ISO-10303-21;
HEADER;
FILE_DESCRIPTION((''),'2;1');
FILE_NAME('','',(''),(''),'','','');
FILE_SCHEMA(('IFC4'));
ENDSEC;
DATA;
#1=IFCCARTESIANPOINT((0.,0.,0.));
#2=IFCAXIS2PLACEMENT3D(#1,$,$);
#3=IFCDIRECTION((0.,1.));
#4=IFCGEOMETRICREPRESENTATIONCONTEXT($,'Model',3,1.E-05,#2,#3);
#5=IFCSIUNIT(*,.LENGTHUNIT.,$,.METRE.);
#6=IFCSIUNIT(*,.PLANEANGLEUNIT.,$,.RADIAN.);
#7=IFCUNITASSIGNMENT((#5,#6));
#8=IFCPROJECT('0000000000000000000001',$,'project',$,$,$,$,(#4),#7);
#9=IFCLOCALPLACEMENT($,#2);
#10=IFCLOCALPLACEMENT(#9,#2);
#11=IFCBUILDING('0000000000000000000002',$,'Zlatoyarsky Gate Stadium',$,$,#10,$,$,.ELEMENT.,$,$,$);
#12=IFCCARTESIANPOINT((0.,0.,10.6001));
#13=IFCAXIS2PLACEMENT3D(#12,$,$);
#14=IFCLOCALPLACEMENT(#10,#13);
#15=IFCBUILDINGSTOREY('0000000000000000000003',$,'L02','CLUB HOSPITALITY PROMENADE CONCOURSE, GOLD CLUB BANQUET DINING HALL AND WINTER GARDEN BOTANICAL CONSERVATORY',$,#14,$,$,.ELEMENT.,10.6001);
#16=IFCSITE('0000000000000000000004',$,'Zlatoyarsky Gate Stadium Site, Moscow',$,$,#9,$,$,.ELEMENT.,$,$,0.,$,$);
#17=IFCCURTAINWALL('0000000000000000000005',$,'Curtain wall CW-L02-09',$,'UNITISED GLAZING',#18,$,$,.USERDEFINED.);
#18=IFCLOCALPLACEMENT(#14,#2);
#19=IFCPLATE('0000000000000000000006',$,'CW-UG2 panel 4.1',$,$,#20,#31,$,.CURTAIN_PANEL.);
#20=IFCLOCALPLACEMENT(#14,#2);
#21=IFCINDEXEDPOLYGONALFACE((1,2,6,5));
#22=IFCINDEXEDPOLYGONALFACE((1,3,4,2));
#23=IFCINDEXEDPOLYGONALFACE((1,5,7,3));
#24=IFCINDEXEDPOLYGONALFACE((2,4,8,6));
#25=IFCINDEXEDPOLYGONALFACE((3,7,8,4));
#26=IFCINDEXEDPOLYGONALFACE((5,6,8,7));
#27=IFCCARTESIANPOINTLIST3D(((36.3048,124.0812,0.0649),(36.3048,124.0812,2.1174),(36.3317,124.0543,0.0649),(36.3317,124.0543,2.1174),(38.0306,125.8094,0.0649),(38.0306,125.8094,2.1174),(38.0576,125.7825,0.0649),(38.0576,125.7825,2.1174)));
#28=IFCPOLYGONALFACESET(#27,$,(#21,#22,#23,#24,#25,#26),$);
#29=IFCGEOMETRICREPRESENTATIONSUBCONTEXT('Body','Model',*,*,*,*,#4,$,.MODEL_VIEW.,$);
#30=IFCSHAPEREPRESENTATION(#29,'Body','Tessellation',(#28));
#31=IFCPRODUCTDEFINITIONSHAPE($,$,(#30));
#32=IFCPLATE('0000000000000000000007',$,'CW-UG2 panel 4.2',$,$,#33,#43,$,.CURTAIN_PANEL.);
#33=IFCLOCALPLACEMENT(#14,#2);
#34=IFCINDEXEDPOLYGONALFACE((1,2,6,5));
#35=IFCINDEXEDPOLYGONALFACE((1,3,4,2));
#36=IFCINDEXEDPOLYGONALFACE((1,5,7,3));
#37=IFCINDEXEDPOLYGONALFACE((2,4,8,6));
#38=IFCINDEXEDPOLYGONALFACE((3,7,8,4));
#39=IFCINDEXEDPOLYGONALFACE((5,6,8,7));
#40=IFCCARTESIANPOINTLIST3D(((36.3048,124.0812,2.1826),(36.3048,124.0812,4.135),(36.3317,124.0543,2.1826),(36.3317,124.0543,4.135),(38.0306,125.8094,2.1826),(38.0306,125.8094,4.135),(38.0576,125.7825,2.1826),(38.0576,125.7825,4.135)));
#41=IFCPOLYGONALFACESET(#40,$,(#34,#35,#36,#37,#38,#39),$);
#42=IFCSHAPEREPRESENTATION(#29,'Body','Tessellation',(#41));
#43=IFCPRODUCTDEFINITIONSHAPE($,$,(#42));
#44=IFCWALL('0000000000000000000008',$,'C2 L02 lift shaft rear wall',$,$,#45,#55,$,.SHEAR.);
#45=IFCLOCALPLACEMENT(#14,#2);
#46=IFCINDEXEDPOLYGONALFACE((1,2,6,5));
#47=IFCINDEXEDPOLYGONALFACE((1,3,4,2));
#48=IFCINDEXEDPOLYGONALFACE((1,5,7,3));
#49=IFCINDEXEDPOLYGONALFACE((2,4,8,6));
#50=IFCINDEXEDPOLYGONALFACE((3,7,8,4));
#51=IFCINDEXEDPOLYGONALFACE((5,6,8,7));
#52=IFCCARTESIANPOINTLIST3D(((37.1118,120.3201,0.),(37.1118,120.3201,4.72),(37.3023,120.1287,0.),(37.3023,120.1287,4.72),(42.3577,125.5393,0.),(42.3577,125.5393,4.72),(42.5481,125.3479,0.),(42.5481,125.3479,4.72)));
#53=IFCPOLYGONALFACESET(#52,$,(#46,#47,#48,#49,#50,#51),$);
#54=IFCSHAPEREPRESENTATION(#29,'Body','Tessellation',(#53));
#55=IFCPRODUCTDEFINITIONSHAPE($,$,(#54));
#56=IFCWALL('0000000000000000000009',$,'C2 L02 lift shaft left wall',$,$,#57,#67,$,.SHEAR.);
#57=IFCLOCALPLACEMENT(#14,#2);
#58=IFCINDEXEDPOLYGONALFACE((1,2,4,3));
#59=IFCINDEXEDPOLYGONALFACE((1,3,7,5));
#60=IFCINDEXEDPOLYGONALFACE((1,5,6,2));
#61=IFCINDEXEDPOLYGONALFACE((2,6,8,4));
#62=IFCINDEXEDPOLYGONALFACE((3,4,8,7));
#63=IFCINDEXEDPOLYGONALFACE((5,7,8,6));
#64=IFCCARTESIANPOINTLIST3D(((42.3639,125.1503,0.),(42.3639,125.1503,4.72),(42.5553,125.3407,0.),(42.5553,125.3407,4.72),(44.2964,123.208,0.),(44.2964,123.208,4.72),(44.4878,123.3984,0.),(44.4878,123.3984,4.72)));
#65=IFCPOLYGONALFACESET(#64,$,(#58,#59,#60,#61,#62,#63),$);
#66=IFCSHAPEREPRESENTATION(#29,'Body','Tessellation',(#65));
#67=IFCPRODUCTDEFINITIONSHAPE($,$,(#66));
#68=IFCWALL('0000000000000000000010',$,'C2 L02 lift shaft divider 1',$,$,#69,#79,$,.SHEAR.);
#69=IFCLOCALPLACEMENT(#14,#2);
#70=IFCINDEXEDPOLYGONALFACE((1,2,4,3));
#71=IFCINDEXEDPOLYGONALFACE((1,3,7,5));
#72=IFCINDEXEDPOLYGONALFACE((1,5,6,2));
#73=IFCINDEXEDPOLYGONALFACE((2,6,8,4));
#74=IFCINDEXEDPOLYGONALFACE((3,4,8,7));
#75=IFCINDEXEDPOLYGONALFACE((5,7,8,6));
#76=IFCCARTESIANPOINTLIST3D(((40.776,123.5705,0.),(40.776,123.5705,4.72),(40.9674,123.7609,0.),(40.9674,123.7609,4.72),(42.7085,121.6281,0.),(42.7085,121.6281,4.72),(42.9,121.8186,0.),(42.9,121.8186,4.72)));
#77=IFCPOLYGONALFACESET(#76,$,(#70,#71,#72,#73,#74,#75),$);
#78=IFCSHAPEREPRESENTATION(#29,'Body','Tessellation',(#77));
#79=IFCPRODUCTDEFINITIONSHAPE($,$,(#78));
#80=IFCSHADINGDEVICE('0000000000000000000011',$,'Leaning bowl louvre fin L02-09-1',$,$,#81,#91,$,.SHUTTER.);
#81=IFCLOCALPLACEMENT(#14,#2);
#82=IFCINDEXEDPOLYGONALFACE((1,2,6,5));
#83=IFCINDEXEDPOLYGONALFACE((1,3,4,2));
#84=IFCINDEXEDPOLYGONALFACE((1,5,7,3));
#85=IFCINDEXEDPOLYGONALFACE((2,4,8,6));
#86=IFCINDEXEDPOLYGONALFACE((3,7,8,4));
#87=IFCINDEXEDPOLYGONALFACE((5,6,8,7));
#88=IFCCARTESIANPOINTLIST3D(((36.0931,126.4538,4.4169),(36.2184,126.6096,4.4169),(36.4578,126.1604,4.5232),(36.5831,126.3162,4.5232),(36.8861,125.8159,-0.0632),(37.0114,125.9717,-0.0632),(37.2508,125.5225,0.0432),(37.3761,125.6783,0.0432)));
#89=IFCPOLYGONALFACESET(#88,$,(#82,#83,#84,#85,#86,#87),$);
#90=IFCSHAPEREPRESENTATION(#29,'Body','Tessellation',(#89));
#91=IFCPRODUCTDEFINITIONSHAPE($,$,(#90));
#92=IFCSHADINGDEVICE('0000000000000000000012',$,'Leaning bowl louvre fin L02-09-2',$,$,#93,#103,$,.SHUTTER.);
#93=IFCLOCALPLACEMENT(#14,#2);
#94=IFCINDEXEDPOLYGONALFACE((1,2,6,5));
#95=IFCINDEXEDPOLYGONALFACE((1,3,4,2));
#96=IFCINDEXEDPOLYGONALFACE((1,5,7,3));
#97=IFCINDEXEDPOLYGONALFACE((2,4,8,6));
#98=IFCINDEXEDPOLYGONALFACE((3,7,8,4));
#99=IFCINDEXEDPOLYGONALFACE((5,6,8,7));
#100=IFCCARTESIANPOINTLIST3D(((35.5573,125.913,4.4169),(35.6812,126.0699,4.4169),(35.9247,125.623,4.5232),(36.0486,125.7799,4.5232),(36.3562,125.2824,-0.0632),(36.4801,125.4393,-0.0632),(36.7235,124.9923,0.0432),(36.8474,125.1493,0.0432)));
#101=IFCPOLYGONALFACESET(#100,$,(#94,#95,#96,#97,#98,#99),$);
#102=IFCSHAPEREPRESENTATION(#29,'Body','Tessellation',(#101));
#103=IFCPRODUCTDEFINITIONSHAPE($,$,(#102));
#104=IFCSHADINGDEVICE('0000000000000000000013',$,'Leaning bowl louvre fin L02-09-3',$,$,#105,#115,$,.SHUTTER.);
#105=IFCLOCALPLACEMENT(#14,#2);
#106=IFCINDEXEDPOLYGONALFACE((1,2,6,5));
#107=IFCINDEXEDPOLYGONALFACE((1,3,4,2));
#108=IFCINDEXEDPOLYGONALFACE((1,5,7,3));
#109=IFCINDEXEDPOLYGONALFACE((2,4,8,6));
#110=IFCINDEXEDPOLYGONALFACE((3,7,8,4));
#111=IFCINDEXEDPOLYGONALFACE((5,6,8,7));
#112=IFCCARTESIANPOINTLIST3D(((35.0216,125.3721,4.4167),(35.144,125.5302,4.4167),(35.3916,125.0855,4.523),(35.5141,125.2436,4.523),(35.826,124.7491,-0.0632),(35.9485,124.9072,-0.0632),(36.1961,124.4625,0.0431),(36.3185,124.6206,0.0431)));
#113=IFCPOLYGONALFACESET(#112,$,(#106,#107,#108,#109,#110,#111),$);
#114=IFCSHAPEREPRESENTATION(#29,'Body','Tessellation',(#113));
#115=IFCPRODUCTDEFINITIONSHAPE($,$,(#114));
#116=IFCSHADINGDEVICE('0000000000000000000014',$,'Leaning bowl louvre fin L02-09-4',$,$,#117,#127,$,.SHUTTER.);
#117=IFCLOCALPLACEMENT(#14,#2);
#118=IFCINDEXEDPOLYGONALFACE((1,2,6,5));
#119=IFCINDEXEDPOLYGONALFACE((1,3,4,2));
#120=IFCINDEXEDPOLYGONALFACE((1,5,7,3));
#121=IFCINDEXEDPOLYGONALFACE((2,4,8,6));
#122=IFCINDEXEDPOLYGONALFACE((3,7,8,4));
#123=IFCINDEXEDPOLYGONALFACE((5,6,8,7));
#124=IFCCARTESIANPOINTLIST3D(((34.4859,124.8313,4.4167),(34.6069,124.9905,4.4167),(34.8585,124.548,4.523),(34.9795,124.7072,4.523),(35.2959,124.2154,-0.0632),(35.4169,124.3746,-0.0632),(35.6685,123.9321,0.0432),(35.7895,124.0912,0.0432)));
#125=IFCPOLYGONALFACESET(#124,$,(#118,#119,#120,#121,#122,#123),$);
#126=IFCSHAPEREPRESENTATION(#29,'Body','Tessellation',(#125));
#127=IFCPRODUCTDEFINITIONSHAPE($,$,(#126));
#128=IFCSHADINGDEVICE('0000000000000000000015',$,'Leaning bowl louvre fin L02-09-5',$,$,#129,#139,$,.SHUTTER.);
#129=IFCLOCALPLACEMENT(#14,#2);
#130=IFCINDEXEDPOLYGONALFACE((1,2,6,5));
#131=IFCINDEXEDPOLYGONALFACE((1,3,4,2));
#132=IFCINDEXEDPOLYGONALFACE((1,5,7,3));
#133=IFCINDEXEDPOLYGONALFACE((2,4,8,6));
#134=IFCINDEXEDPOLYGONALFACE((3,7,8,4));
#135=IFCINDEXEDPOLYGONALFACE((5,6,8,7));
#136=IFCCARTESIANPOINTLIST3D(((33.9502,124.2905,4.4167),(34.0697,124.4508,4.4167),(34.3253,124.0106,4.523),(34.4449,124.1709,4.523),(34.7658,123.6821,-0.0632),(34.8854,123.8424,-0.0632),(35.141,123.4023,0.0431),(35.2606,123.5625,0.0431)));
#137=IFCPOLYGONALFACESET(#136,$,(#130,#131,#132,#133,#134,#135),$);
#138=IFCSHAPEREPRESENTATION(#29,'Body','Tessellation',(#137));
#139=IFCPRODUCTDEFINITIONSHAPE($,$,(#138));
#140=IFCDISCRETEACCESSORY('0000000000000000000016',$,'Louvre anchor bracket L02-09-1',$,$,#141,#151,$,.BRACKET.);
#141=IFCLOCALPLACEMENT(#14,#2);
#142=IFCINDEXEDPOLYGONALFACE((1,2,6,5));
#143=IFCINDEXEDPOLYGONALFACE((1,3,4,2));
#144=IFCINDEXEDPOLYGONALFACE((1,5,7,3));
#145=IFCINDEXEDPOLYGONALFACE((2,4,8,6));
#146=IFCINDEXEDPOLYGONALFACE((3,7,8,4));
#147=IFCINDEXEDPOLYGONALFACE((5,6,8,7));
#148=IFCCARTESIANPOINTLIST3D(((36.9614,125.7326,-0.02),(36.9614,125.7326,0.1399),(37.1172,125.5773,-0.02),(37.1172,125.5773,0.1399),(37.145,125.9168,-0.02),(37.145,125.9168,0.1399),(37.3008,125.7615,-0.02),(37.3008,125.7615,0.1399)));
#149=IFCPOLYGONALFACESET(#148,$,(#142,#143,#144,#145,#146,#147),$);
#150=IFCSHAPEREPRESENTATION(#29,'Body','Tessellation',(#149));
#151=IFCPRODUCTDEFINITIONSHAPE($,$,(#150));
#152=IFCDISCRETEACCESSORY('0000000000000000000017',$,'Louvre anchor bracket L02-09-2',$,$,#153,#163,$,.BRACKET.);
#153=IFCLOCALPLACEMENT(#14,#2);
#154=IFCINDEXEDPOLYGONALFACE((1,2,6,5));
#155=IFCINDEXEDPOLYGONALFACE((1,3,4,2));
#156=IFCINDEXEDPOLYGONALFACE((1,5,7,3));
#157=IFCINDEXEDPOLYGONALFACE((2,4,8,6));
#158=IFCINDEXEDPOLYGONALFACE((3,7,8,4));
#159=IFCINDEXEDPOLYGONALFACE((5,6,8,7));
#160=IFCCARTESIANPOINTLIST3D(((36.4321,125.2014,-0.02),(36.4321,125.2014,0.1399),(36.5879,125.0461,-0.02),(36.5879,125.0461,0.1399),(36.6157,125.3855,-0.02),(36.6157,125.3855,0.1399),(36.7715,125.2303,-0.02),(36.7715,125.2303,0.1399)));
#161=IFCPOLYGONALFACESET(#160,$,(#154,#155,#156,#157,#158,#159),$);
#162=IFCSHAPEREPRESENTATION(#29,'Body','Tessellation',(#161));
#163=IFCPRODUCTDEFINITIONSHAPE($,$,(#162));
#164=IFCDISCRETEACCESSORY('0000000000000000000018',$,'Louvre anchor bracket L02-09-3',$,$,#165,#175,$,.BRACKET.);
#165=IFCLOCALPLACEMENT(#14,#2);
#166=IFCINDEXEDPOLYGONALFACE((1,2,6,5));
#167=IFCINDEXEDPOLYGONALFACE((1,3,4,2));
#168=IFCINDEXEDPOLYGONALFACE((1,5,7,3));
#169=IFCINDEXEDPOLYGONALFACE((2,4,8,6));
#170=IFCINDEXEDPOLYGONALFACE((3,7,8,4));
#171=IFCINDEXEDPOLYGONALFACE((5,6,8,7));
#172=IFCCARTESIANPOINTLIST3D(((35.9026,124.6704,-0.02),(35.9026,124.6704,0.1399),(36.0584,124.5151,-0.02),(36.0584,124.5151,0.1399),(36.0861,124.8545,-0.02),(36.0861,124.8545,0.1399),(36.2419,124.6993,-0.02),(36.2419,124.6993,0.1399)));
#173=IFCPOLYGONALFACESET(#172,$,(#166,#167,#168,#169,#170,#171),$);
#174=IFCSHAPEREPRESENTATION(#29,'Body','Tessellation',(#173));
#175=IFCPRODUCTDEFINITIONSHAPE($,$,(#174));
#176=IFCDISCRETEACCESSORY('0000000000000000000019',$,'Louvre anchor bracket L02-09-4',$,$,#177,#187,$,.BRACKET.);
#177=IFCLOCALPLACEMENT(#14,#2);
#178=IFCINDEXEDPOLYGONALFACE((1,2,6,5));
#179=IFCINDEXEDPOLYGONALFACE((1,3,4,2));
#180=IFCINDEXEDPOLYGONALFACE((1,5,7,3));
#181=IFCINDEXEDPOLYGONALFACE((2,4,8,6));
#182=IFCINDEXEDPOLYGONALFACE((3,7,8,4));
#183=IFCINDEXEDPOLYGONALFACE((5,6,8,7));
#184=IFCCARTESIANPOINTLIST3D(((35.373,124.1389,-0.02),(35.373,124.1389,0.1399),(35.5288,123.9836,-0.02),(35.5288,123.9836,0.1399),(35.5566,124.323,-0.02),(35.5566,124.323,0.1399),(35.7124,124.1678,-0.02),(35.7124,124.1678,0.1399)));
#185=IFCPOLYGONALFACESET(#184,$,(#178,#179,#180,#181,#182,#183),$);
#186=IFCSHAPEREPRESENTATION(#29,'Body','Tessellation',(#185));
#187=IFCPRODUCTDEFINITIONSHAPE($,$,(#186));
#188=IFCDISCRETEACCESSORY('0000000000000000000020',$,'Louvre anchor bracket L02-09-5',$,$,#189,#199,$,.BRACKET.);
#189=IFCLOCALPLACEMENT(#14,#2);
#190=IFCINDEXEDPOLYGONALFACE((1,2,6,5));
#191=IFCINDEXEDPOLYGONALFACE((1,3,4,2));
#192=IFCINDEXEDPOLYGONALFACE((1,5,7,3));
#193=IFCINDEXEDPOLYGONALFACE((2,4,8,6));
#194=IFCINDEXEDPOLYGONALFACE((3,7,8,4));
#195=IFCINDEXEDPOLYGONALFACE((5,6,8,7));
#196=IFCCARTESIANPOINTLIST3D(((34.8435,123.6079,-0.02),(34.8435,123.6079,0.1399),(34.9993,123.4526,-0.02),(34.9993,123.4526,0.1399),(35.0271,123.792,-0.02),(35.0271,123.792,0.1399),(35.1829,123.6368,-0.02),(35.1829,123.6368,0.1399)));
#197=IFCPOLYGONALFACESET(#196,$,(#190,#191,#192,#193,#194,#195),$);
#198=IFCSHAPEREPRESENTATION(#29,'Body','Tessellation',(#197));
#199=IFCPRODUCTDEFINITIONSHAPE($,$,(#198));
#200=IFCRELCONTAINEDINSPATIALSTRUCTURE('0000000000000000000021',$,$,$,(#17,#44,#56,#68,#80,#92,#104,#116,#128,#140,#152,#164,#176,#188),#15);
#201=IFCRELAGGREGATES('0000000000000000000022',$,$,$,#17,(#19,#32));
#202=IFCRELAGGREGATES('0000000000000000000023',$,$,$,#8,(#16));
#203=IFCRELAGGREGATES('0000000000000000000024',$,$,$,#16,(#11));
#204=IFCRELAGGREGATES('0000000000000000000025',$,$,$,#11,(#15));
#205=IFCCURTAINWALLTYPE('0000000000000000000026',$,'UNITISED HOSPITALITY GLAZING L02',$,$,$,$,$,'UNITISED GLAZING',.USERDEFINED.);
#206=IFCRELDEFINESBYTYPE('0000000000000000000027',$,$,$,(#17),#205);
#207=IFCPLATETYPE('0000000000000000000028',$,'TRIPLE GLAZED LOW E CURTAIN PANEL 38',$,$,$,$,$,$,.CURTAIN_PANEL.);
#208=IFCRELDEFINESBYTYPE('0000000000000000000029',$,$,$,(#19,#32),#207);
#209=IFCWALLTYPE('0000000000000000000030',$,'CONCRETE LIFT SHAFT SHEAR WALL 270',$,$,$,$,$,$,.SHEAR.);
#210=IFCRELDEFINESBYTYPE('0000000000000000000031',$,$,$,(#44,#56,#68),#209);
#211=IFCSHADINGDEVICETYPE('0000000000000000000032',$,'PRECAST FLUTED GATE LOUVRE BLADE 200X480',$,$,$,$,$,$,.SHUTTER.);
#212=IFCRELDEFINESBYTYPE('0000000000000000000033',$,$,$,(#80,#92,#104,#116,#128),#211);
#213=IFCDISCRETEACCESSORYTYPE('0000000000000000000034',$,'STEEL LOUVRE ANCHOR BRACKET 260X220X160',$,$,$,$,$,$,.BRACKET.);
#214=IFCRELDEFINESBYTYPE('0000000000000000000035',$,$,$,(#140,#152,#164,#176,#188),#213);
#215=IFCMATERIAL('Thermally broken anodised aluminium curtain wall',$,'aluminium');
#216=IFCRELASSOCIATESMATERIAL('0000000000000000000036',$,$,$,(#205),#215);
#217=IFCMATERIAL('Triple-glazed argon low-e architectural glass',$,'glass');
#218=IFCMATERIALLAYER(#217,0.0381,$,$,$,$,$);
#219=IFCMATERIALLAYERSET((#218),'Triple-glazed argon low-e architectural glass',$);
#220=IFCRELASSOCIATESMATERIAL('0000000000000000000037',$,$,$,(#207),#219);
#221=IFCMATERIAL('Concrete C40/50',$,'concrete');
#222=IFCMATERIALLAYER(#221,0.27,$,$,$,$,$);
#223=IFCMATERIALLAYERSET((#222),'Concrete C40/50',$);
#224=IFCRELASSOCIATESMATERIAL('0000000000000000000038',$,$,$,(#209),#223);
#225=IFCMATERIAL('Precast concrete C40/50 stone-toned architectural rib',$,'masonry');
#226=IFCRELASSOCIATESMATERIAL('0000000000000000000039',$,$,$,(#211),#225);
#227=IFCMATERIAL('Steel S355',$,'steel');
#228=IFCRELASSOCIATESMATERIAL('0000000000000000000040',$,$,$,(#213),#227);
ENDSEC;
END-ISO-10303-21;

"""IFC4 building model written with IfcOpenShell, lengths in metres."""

from ifc_helpers import new_model, si_unit, direction, frame, frame_2d, origin, origin_2d, place, context, subcontext, project, spatial, rectangle, extrude, material, layer, layer_set, material_profile, profile_set, type_object, element, aggregate, save


model = new_model("IFC4")

# Units and contexts
model_context = context("Model", 3, precision=1e-05, world=origin(), true_north=direction((0.0, 1.0)))
body_context = subcontext(model_context, "Body", "Model", "MODEL_VIEW")
ifc_project = project(units=[si_unit("LENGTHUNIT", "METRE"), si_unit("PLANEANGLEUNIT", "RADIAN")], contexts=[model_context])

# Site, building, storey
site_placement = place(None, origin())
site = spatial("IfcSite", under=ifc_project, at=site_placement, Name="Zlatoyarsky Gate Stadium Site, Moscow", CompositionType="ELEMENT", RefElevation=0.0)
building_placement = place(site_placement, origin())
building = spatial("IfcBuilding", under=site, at=building_placement, Name="Zlatoyarsky Gate Stadium", CompositionType="ELEMENT")
storey_placement = place(building_placement, frame((0.0, 0.0, 10.6001)))
storey = spatial("IfcBuildingStorey", under=building, at=storey_placement, Name="L02", Description="CLUB HOSPITALITY PROMENADE CONCOURSE, GOLD CLUB BANQUET DINING HALL AND WINTER GARDEN BOTANICAL CONSERVATORY", CompositionType="ELEMENT", Elevation=10.6001)

# Curtain wall
ifc_material_1 = material(Name="Thermally broken anodised aluminium curtain wall", Category="aluminium")
curtain_wall_type = type_object("IfcCurtainWallType", Name="UNITISED HOSPITALITY GLAZING L02", ElementType="UNITISED GLAZING", PredefinedType="USERDEFINED", material=ifc_material_1)
curtain_wall_placement = place(storey_placement, origin())
curtain_wall = element("IfcCurtainWall", 1, at=curtain_wall_placement, inside=storey, type_object=curtain_wall_type, Name="Curtain wall CW-L02-09", ObjectType="UNITISED GLAZING", PredefinedType="USERDEFINED")

# Shared definitions
ifc_material_2 = material(Name="Steel S355", Category="steel")

# Plates
ifc_material_3 = material(Name="Triple-glazed argon low-e architectural glass", Category="glass")
ifc_layer_1 = layer(ifc_material_3, 0.0381)
ifc_layer_set_1 = layer_set([ifc_layer_1], Name="Triple-glazed argon low-e architectural glass")
plate_type_1 = type_object("IfcPlateType", Name="TRIPLE GLAZED LOW E CURTAIN PANEL 38", PredefinedType="CURTAIN_PANEL", material=ifc_layer_set_1)
plate_1_placement = place(storey_placement, frame((37.1812, 124.9319, 0.0649), z_axis=(0.0, 0.0, 1.0), x_axis=(-0.706626, -0.707588, 0.0)))
plate_1 = element("IfcPlate", 2, at=plate_1_placement, type_object=plate_type_1, Name="CW-UG2 panel 4.1", PredefinedType="CURTAIN_PANEL", context=body_context, shape_type="SweptSolid", body=[
    extrude(rectangle(XDim=2.4424, YDim=0.0381, at=origin_2d()), origin(), (0.0, 0.0, 1.0), 2.0525),
])
plate_2_placement = place(storey_placement, frame((37.1812, 124.9319, 2.1826), z_axis=(0.0, 0.0, 1.0), x_axis=(-0.706626, -0.707588, 0.0)))
plate_2 = element("IfcPlate", 3, at=plate_2_placement, type_object=plate_type_1, Name="CW-UG2 panel 4.2", PredefinedType="CURTAIN_PANEL", context=body_context, shape_type="SweptSolid", body=[
    extrude(rectangle(XDim=2.4424, YDim=0.0381, at=origin_2d()), origin(), (0.0, 0.0, 1.0), 1.9524),
])
aggregate(curtain_wall, [plate_1, plate_2])

# Walls
ifc_material_4 = material(Name="Concrete C40/50", Category="concrete")
ifc_layer_2 = layer(ifc_material_4, 0.27)
ifc_layer_set_2 = layer_set([ifc_layer_2], Name="Concrete C40/50")
wall_type = type_object("IfcWallType", Name="CONCRETE LIFT SHAFT SHEAR WALL 270", PredefinedType="SHEAR", material=ifc_layer_set_2)
wall_placement = place(storey_placement, frame((42.4529, 125.4436, 0.0), z_axis=(0.0, 0.0, 1.0), x_axis=(-0.708903, -0.705306, 0.0)))
element("IfcWall", 4, at=wall_placement, inside=storey, type_object=wall_type, Name="C2 L02 lift shaft rear wall", PredefinedType="SHEAR", context=body_context, shape_type="SweptSolid", body=[
    extrude(rectangle(XDim=7.3999, YDim=0.27, at=frame_2d((3.7, 0.0))), origin(), (0.0, 0.0, 1.0), 4.72),
])
for number, where, z_axis, x_axis, name in (
    (5, (42.4595, 125.2456, 0.0), (0.0, 0.0, 1.0), (0.705323, -0.708887, 0.0), "C2 L02 lift shaft left wall"),
    (6, (40.8716, 123.6658, 0.0), (0.0, 0.0, 1.0), (0.705323, -0.708887, 0.0), "C2 L02 lift shaft divider 1"),
):
    element("IfcWall", number, at=place(storey_placement, frame(where, z_axis=z_axis, x_axis=x_axis)), inside=storey, type_object=wall_type, Name=name, PredefinedType="SHEAR", context=body_context, shape_type="SweptSolid", body=[
        extrude(rectangle(XDim=2.74, YDim=0.27, at=frame_2d((1.3701, 0.0))), origin(), (0.0, 0.0, 1.0), 4.72),
    ])

# Shading devices
ifc_material_5 = material(Name="Precast concrete C40/50 stone-toned architectural rib", Category="masonry")
ifc_material_profile_1 = material_profile(ifc_material_5, rectangle(XDim=0.2, YDim=0.48, at=origin_2d()), Name="RIB 200X480")
ifc_profile_set_1 = profile_set([ifc_material_profile_1], Name="Precast concrete C40/50 stone-toned architectural rib")
shading_device_type = type_object("IfcShadingDeviceType", Name="PRECAST FLUTED GATE LOUVRE BLADE 200X480", PredefinedType="SHUTTER", material=ifc_profile_set_1)
for number, where, z_axis, x_axis, name in (
    (7, (37.1311, 125.7471, -0.01), (-0.172605, 0.13886, 0.975154), (-0.626828, -0.779157, 0.0), "Leaning bowl louvre fin L02-09-1"),
    (8, (36.6018, 125.2158, -0.01), (-0.17388, 0.137265, 0.975153), (-0.619621, -0.784901, 0.0), "Leaning bowl louvre fin L02-09-2"),
):
    element("IfcShadingDevice", number, at=place(storey_placement, frame(where, z_axis=z_axis, x_axis=x_axis)), inside=storey, type_object=shading_device_type, Name=name, PredefinedType="SHUTTER", context=body_context, shape_type="SweptSolid", body=[
        extrude(rectangle(XDim=0.2, YDim=0.48, at=origin_2d()), origin(), (0.0, 0.0, 1.0), 4.5942),
    ])
for number, where, z_axis, x_axis, name in (
    (9, (36.0723, 124.6848, -0.01), (-0.175104, 0.13562, 0.975164), (-0.612328, -0.790604, 0.0), "Leaning bowl louvre fin L02-09-3"),
    (10, (35.5427, 124.1533, -0.01), (-0.176326, 0.134078, 0.975158), (-0.605284, -0.79601, 0.0), "Leaning bowl louvre fin L02-09-4"),
    (11, (35.0132, 123.6223, -0.01), (-0.177548, 0.132431, 0.975161), (-0.597887, -0.801581, 0.0), "Leaning bowl louvre fin L02-09-5"),
):
    element("IfcShadingDevice", number, at=place(storey_placement, frame(where, z_axis=z_axis, x_axis=x_axis)), inside=storey, type_object=shading_device_type, Name=name, PredefinedType="SHUTTER", context=body_context, shape_type="SweptSolid", body=[
        extrude(rectangle(XDim=0.2, YDim=0.48, at=origin_2d()), origin(), (0.0, 0.0, 1.0), 4.594),
    ])

# Discrete accessories
discrete_accessory_type = type_object("IfcDiscreteAccessoryType", Name="STEEL LOUVRE ANCHOR BRACKET 260X220X160", PredefinedType="BRACKET", material=ifc_material_2)
for number, where, z_axis, x_axis, name in (
    (12, (37.1311, 125.7471, -0.02), (0.0, 0.0, 1.0), (-0.705937, -0.708274, 0.0), "Louvre anchor bracket L02-09-1"),
    (13, (36.6018, 125.2158, -0.02), (0.0, 0.0, 1.0), (-0.705937, -0.708274, 0.0), "Louvre anchor bracket L02-09-2"),
    (14, (36.0723, 124.6848, -0.02), (0.0, 0.0, 1.0), (-0.705937, -0.708274, 0.0), "Louvre anchor bracket L02-09-3"),
    (15, (35.5427, 124.1533, -0.02), (0.0, 0.0, 1.0), (-0.705937, -0.708274, 0.0), "Louvre anchor bracket L02-09-4"),
    (16, (35.0132, 123.6223, -0.02), (0.0, 0.0, 1.0), (-0.705937, -0.708274, 0.0), "Louvre anchor bracket L02-09-5"),
):
    element("IfcDiscreteAccessory", number, at=place(storey_placement, frame(where, z_axis=z_axis, x_axis=x_axis)), inside=storey, type_object=discrete_accessory_type, Name=name, PredefinedType="BRACKET", context=body_context, shape_type="SweptSolid", body=[
        extrude(rectangle(XDim=0.26, YDim=0.22, at=origin_2d()), origin(), (0.0, 0.0, 1.0), 0.1599),
    ])

save(model, "model.ifc")
